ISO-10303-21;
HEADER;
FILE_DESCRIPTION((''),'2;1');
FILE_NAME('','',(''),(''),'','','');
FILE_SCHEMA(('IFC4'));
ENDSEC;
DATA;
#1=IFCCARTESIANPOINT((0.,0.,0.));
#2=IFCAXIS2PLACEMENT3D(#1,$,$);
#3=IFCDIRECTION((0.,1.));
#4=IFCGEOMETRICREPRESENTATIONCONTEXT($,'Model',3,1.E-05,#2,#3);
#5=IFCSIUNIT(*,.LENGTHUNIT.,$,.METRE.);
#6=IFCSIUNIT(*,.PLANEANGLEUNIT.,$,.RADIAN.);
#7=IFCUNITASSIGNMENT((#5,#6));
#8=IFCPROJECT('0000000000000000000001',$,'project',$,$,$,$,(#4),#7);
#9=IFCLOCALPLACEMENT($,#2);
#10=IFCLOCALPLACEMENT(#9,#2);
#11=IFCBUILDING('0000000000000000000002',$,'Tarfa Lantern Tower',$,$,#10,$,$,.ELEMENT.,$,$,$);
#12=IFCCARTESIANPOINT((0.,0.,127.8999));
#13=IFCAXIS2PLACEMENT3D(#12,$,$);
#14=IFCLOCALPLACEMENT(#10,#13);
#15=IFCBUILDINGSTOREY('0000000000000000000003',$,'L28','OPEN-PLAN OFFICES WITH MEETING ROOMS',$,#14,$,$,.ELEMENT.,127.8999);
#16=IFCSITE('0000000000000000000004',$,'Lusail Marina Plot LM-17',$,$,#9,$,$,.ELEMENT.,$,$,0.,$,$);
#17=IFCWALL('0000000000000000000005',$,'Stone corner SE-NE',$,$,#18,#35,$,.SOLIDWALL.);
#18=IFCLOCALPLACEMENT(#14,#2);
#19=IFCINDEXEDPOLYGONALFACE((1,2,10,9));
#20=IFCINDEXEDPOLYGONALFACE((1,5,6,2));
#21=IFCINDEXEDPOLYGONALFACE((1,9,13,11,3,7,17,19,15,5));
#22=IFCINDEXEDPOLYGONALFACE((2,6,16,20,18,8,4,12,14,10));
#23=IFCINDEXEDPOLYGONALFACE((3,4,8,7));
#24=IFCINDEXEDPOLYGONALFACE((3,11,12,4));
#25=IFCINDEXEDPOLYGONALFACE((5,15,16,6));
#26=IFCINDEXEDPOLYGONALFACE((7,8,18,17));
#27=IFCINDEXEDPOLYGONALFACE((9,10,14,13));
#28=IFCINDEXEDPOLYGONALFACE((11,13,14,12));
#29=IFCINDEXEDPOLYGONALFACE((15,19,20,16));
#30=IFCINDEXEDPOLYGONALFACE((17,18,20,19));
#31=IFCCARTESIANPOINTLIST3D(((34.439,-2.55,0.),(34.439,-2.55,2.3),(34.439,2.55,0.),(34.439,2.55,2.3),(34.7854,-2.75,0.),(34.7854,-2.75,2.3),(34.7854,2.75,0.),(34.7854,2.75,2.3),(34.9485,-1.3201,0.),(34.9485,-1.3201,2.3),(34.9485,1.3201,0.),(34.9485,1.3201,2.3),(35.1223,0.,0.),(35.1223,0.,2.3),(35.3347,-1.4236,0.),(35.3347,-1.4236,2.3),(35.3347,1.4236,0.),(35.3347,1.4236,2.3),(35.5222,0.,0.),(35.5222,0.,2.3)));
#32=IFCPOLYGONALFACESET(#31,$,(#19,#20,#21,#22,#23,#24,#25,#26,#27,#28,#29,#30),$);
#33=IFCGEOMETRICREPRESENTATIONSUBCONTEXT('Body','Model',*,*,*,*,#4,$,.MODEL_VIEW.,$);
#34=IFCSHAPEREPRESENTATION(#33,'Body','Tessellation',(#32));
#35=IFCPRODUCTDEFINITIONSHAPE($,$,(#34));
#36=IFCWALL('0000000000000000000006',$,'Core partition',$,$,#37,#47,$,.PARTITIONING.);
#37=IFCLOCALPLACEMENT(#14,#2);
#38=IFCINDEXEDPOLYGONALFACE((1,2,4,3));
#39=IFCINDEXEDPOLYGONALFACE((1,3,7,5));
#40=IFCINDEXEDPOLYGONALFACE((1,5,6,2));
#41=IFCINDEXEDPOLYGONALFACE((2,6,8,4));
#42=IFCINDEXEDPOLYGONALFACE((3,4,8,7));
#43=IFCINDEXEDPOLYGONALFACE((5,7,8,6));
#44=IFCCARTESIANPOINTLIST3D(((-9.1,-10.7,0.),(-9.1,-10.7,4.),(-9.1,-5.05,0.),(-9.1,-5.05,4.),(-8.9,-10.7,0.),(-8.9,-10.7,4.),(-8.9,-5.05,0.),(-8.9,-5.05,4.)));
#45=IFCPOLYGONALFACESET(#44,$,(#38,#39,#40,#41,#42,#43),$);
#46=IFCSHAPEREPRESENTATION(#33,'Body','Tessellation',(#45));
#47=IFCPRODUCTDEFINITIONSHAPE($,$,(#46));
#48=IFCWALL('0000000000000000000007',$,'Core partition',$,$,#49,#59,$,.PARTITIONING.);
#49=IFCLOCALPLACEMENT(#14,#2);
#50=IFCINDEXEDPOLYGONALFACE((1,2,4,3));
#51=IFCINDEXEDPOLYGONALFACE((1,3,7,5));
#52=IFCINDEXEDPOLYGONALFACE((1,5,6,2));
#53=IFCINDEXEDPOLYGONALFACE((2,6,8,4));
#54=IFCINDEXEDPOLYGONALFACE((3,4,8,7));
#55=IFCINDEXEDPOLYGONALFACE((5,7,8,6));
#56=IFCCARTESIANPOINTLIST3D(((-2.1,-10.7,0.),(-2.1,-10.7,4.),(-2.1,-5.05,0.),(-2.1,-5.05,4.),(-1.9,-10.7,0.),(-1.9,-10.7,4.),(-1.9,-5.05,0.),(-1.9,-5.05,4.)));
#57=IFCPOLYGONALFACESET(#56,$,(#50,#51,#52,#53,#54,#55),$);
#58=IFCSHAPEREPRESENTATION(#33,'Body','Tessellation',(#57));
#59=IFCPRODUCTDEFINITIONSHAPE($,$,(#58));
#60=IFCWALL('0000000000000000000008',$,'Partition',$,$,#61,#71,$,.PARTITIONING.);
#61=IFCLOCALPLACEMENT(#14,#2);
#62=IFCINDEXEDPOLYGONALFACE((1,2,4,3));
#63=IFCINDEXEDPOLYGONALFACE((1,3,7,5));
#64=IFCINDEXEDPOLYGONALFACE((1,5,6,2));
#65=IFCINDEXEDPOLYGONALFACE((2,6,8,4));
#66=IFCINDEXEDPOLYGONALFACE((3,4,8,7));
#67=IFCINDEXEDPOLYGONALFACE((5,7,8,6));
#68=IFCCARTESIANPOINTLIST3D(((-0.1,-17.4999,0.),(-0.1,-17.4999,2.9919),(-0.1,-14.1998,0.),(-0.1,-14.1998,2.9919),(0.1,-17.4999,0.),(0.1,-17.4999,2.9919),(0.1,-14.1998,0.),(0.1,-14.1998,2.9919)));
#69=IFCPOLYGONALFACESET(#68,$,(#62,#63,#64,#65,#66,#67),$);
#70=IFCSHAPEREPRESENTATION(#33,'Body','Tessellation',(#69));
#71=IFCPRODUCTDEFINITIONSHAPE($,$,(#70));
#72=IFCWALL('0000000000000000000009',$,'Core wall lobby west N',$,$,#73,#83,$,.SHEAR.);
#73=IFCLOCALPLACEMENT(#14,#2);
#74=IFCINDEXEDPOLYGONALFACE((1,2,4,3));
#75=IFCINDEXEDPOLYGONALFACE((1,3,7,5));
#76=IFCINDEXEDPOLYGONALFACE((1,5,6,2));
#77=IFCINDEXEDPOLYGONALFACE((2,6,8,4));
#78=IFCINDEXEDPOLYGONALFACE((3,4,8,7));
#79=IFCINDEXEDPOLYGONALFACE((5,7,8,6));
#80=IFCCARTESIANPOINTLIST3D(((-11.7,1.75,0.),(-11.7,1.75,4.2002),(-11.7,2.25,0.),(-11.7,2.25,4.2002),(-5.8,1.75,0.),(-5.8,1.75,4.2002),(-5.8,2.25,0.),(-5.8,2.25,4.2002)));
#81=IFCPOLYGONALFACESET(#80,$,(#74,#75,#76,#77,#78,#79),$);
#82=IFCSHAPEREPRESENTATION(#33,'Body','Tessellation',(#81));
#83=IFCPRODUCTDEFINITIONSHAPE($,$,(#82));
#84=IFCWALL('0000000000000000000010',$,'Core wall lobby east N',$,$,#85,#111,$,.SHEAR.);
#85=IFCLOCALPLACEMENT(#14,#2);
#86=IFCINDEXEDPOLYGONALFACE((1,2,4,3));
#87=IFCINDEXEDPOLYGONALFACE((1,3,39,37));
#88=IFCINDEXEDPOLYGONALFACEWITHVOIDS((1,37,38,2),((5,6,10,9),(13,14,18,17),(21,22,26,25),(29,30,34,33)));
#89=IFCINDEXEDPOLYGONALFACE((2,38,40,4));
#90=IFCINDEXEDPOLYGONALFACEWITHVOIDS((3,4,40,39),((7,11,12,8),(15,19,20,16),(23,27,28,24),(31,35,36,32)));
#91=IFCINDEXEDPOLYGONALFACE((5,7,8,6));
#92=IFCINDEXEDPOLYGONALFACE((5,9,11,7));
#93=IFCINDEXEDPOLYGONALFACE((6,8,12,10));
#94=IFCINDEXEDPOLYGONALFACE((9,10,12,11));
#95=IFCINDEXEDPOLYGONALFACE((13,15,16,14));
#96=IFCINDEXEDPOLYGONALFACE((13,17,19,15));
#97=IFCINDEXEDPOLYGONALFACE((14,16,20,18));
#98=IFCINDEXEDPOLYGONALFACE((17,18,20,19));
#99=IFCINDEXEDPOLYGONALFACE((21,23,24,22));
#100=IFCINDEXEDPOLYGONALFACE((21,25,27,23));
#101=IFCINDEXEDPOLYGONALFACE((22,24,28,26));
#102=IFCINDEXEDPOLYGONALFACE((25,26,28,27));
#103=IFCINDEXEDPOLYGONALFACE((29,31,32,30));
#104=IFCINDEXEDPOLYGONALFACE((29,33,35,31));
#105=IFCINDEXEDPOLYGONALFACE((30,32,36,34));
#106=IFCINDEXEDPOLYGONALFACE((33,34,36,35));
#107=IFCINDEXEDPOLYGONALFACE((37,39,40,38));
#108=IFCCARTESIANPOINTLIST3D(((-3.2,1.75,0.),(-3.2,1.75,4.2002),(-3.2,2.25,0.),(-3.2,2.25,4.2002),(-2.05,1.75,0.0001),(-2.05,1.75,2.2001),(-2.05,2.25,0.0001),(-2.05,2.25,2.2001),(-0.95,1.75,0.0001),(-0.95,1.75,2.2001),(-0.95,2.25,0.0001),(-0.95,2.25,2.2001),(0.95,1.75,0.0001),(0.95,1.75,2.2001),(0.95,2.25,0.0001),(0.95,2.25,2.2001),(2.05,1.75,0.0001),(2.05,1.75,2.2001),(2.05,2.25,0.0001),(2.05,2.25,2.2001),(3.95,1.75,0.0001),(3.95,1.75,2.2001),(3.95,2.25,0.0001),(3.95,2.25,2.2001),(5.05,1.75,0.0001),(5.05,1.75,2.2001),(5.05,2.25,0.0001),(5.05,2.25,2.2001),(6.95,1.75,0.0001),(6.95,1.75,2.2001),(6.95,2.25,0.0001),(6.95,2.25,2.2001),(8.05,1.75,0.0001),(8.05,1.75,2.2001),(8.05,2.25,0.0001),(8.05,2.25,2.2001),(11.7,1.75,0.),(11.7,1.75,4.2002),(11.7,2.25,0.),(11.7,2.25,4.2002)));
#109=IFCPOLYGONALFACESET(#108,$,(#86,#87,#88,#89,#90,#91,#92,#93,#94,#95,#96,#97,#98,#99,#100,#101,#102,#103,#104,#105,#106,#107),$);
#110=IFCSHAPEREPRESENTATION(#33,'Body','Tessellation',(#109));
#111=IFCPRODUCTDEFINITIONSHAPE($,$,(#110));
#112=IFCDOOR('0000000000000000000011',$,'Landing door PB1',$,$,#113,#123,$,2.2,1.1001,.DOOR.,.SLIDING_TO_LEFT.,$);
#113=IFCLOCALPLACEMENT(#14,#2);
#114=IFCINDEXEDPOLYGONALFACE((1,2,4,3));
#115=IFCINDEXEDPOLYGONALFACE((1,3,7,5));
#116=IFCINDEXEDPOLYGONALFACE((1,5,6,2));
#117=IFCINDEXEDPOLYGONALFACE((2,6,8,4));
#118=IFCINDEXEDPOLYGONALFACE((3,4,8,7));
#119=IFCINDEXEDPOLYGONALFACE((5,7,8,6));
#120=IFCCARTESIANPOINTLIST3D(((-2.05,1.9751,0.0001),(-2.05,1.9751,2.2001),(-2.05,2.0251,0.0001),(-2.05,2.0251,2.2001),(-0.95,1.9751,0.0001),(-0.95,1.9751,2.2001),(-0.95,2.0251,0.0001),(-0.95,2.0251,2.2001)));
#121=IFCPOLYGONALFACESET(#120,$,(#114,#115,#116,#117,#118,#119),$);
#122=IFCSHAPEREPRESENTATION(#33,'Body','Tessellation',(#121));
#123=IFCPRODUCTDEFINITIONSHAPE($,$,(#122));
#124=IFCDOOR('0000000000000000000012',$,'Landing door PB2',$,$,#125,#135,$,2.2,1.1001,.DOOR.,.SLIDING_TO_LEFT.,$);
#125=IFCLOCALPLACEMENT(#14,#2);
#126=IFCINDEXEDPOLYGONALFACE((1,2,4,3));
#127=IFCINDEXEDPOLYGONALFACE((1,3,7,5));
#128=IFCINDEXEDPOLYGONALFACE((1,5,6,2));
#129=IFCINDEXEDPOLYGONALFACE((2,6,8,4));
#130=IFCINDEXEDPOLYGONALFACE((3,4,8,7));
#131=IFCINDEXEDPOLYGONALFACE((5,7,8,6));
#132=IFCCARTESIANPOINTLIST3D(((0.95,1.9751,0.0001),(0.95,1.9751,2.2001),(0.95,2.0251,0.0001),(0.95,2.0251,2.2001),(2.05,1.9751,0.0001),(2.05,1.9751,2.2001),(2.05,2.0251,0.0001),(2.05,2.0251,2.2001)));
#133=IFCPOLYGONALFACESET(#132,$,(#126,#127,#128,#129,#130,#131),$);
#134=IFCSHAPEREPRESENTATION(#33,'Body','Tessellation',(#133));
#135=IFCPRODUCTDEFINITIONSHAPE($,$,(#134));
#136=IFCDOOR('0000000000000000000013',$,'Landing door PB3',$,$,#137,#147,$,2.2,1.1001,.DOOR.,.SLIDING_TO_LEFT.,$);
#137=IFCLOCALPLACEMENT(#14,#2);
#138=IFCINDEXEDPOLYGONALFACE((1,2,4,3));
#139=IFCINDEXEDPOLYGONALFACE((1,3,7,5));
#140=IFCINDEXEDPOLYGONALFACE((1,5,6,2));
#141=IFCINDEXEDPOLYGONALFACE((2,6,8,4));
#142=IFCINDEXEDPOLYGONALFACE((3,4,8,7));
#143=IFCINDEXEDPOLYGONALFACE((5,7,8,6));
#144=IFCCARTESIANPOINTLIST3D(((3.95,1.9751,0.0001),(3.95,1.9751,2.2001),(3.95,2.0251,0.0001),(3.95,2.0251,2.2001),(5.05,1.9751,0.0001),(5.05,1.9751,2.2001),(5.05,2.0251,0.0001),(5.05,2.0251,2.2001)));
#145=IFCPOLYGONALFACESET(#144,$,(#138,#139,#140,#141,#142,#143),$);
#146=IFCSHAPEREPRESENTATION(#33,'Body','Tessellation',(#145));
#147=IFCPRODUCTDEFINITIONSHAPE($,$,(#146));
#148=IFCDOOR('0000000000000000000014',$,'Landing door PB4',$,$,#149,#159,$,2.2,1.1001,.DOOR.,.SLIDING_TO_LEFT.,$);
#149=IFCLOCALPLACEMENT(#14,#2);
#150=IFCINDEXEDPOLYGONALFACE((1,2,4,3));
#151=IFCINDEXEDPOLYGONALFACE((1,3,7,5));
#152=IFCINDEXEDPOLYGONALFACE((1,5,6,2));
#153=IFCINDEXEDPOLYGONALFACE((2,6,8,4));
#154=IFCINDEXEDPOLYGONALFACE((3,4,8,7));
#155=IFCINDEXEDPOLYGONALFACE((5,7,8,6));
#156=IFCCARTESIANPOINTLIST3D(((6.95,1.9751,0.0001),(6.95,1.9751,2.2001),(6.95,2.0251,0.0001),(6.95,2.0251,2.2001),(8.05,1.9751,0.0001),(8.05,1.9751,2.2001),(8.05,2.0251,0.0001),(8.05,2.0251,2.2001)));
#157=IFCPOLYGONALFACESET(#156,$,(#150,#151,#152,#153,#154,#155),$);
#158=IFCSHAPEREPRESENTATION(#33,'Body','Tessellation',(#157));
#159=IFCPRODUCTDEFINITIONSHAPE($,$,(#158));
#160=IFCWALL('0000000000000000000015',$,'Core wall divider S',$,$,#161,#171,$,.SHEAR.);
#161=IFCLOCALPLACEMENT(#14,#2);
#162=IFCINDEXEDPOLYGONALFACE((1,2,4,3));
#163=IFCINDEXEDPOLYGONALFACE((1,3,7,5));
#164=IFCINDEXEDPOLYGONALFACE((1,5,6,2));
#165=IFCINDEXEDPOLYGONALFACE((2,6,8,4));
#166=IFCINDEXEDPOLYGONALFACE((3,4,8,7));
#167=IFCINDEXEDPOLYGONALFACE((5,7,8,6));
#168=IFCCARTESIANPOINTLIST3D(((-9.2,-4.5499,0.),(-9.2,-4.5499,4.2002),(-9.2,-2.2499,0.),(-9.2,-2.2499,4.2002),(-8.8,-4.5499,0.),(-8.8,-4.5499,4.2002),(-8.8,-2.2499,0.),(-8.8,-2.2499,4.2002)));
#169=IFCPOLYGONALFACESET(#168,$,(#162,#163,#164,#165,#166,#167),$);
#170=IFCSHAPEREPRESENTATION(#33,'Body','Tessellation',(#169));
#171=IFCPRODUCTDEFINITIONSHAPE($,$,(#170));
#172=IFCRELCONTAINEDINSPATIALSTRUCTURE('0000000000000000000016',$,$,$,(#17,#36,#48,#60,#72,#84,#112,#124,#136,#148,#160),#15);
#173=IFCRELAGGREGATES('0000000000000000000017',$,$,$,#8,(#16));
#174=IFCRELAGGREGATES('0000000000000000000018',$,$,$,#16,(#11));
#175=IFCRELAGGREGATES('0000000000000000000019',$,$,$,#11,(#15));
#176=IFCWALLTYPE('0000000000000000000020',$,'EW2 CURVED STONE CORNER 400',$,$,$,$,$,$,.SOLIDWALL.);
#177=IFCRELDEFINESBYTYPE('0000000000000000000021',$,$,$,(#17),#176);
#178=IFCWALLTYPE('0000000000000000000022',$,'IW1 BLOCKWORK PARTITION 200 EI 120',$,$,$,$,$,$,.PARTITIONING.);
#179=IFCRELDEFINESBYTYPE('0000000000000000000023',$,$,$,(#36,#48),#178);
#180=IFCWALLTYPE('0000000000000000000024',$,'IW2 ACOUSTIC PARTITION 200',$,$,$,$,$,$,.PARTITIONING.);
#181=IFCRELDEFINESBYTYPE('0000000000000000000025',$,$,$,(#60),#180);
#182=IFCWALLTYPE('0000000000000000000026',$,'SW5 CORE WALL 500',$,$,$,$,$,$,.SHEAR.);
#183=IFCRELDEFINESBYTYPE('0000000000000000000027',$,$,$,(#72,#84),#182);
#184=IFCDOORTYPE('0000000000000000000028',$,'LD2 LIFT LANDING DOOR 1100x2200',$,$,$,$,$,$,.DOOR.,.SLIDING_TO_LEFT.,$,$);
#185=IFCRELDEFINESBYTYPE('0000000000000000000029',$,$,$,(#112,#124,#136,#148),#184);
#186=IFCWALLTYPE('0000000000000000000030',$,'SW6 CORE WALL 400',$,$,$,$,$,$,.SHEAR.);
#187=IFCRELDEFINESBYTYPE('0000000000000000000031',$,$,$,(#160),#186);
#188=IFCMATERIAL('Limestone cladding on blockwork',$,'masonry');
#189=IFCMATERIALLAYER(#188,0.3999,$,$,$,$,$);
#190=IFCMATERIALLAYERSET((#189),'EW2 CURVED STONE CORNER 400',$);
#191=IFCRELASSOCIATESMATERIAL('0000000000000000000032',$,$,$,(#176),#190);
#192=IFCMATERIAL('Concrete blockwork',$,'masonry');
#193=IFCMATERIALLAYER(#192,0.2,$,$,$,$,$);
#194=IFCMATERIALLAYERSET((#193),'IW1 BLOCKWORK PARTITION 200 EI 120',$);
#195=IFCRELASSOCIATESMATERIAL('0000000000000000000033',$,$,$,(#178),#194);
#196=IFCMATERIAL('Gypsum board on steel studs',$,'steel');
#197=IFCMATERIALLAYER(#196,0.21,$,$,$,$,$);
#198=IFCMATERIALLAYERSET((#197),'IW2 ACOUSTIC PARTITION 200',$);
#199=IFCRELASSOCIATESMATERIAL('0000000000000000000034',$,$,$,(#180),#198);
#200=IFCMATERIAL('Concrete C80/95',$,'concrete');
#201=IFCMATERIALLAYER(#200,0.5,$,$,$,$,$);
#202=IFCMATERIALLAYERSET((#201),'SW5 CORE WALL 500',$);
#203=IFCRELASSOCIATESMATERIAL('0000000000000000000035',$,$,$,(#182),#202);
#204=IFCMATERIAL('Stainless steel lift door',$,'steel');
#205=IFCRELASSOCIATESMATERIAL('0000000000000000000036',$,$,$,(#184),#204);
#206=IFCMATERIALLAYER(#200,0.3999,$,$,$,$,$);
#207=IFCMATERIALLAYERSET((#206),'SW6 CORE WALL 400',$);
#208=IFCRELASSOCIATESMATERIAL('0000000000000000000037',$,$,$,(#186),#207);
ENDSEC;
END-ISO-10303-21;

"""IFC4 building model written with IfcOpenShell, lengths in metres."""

from ifc_helpers import new_model, si_unit, direction, frame, frame_2d, origin, place, context, subcontext, project, spatial, polyline, rectangle, outline, extrude, material, layer, layer_set, type_object, element, fill, save


model = new_model("IFC4")

# Units and contexts
model_context = context("Model", 3, precision=1e-05, world=origin(), true_north=direction((0.0, 1.0)))
body_context = subcontext(model_context, "Body", "Model", "MODEL_VIEW")
ifc_project = project(units=[si_unit("LENGTHUNIT", "METRE"), si_unit("PLANEANGLEUNIT", "RADIAN")], contexts=[model_context])

# Site, building, storey
site_placement = place(None, origin())
site = spatial("IfcSite", under=ifc_project, at=site_placement, Name="Lusail Marina Plot LM-17", CompositionType="ELEMENT", RefElevation=0.0)
building_placement = place(site_placement, origin())
building = spatial("IfcBuilding", under=site, at=building_placement, Name="Tarfa Lantern Tower", CompositionType="ELEMENT")
storey_placement = place(building_placement, frame((0.0, 0.0, 127.8999)))
storey = spatial("IfcBuildingStorey", under=building, at=storey_placement, Name="L28", Description="OPEN-PLAN OFFICES WITH MEETING ROOMS", CompositionType="ELEMENT", Elevation=127.8999)

# Walls
ifc_material_1 = material(Name="Limestone cladding on blockwork", Category="masonry")
ifc_layer_1 = layer(ifc_material_1, 0.3999)
ifc_layer_set_1 = layer_set([ifc_layer_1], Name="EW2 CURVED STONE CORNER 400")
wall_type_1 = type_object("IfcWallType", Name="EW2 CURVED STONE CORNER 400", PredefinedType="SOLIDWALL", material=ifc_layer_set_1)
wall_1_placement = place(storey_placement, origin())
element("IfcWall", 1, at=wall_1_placement, inside=storey, type_object=wall_type_1, Name="Stone corner SE-NE", PredefinedType="SOLIDWALL", context=body_context, shape_type="SweptSolid", body=[
    extrude(outline(polyline([(34.7854, -2.75), (35.3347, -1.4236), (35.5222, 0.0), (35.3347, 1.4236), (34.7854, 2.75), (34.439, 2.55), (34.9485, 1.3201), (35.1223, 0.0), (34.9485, -1.3201), (34.439, -2.55), (34.7854, -2.75)])), origin(), (0.0, 0.0, 1.0), 2.3),
])
ifc_material_2 = material(Name="Concrete blockwork", Category="masonry")
ifc_layer_2 = layer(ifc_material_2, 0.2)
ifc_layer_set_2 = layer_set([ifc_layer_2], Name="IW1 BLOCKWORK PARTITION 200 EI 120")
wall_type_2 = type_object("IfcWallType", Name="IW1 BLOCKWORK PARTITION 200 EI 120", PredefinedType="PARTITIONING", material=ifc_layer_set_2)
for number, where, z_axis, x_axis, name in (
    (2, (-9.0, -5.05, 0.0), (0.0, 0.0, 1.0), (0.0, -1.0, 0.0), "Core partition"),
    (3, (-2.0, -5.05, 0.0), (0.0, 0.0, 1.0), (0.0, -1.0, 0.0), "Core partition"),
):
    element("IfcWall", number, at=place(storey_placement, frame(where, z_axis=z_axis, x_axis=x_axis)), inside=storey, type_object=wall_type_2, Name=name, PredefinedType="PARTITIONING", context=body_context, shape_type="SweptSolid", body=[
        extrude(rectangle(XDim=5.6499, YDim=0.2, at=frame_2d((2.825, 0.0))), origin(), (0.0, 0.0, 1.0), 4.0),
    ])
ifc_material_3 = material(Name="Gypsum board on steel studs", Category="steel")
ifc_layer_3 = layer(ifc_material_3, 0.21)
ifc_layer_set_3 = layer_set([ifc_layer_3], Name="IW2 ACOUSTIC PARTITION 200")
wall_type_3 = type_object("IfcWallType", Name="IW2 ACOUSTIC PARTITION 200", PredefinedType="PARTITIONING", material=ifc_layer_set_3)
wall_2_placement = place(storey_placement, frame((0.0, -14.2, 0.0), z_axis=(0.0, 0.0, 1.0), x_axis=(0.0, -1.0, 0.0)))
element("IfcWall", 4, at=wall_2_placement, inside=storey, type_object=wall_type_3, Name="Partition", PredefinedType="PARTITIONING", context=body_context, shape_type="SweptSolid", body=[
    extrude(rectangle(XDim=3.3, YDim=0.2, at=frame_2d((1.6499, 0.0))), origin(), (0.0, 0.0, 1.0), 2.9919),
])
ifc_material_4 = material(Name="Concrete C80/95", Category="concrete")
ifc_layer_4 = layer(ifc_material_4, 0.5)
ifc_layer_set_4 = layer_set([ifc_layer_4], Name="SW5 CORE WALL 500")
wall_type_4 = type_object("IfcWallType", Name="SW5 CORE WALL 500", PredefinedType="SHEAR", material=ifc_layer_set_4)
wall_3_placement = place(storey_placement, frame((-11.7, 2.0, 0.0), z_axis=(0.0, 0.0, 1.0), x_axis=(1.0, 0.0, 0.0)))
element("IfcWall", 5, at=wall_3_placement, inside=storey, type_object=wall_type_4, Name="Core wall lobby west N", PredefinedType="SHEAR", context=body_context, shape_type="SweptSolid", body=[
    extrude(rectangle(XDim=5.8999, YDim=0.5, at=frame_2d((2.95, 0.0))), origin(), (0.0, 0.0, 1.0), 4.2002),
])

# Wall, openings, doors
wall_4_placement = place(storey_placement, frame((-3.2, 2.0, 0.0), z_axis=(0.0, 0.0, 1.0), x_axis=(1.0, 0.0, 0.0)))
wall_4 = element("IfcWall", 6, at=wall_4_placement, inside=storey, type_object=wall_type_4, Name="Core wall lobby east N", PredefinedType="SHEAR", context=body_context, shape_type="SweptSolid", body=[
    extrude(rectangle(XDim=14.8999, YDim=0.5, at=frame_2d((7.45, 0.0))), origin(), (0.0, 0.0, 1.0), 4.2002),
])
opening_1_placement = place(wall_4_placement, frame((1.1499, 0.0, 0.0)))
opening_1 = element("IfcOpeningElement", 7, at=opening_1_placement, cuts=wall_4, PredefinedType="OPENING", context=body_context, shape_type="SweptSolid", body=[
    extrude(rectangle(XDim=1.1001, YDim=2.2, at=frame_2d((0.55, 1.1001))), frame((0.0, 0.26, 0.0), z_axis=(0.0, -1.0, 0.0), x_axis=(1.0, 0.0, 0.0)), (0.0, 0.0, 1.0), 0.52),
])
opening_2_placement = place(wall_4_placement, frame((4.1499, 0.0, 0.0)))
opening_2 = element("IfcOpeningElement", 8, at=opening_2_placement, cuts=wall_4, PredefinedType="OPENING", context=body_context, shape_type="SweptSolid", body=[
    extrude(rectangle(XDim=1.1001, YDim=2.2, at=frame_2d((0.55, 1.1001))), frame((0.0, 0.26, 0.0), z_axis=(0.0, -1.0, 0.0), x_axis=(1.0, 0.0, 0.0)), (0.0, 0.0, 1.0), 0.52),
])
opening_3_placement = place(wall_4_placement, frame((7.1499, 0.0, 0.0)))
opening_3 = element("IfcOpeningElement", 9, at=opening_3_placement, cuts=wall_4, PredefinedType="OPENING", context=body_context, shape_type="SweptSolid", body=[
    extrude(rectangle(XDim=1.1001, YDim=2.2, at=frame_2d((0.55, 1.1001))), frame((0.0, 0.26, 0.0), z_axis=(0.0, -1.0, 0.0), x_axis=(1.0, 0.0, 0.0)), (0.0, 0.0, 1.0), 0.52),
])
opening_4_placement = place(wall_4_placement, frame((10.1499, 0.0, 0.0)))
opening_4 = element("IfcOpeningElement", 10, at=opening_4_placement, cuts=wall_4, PredefinedType="OPENING", context=body_context, shape_type="SweptSolid", body=[
    extrude(rectangle(XDim=1.1001, YDim=2.2, at=frame_2d((0.55, 1.1001))), frame((0.0, 0.26, 0.0), z_axis=(0.0, -1.0, 0.0), x_axis=(1.0, 0.0, 0.0)), (0.0, 0.0, 1.0), 0.52),
])
ifc_material_5 = material(Name="Stainless steel lift door", Category="steel")
door_type = type_object("IfcDoorType", Name="LD2 LIFT LANDING DOOR 1100x2200", OperationType="SLIDING_TO_LEFT", PredefinedType="DOOR", material=ifc_material_5)
door_1_placement = place(opening_1_placement, frame((1.1001, 0.0, 0.0), z_axis=(0.0, 0.0, 1.0), x_axis=(-1.0, 0.0, 0.0)))
door_1 = element("IfcDoor", 11, at=door_1_placement, inside=storey, type_object=door_type, Name="Landing door PB1", OperationType="SLIDING_TO_LEFT", OverallHeight=2.2, OverallWidth=1.1001, PredefinedType="DOOR", context=body_context, shape_type="SweptSolid", body=[
    extrude(rectangle(XDim=1.1001, YDim=2.2, at=frame_2d((0.55, 1.1001))), frame((0.0, 0.0249, 0.0), z_axis=(0.0, -1.0, 0.0), x_axis=(1.0, 0.0, 0.0)), (0.0, 0.0, 1.0), 0.05),
])
fill(opening_1, door_1)
door_2_placement = place(opening_2_placement, frame((1.1001, 0.0, 0.0), z_axis=(0.0, 0.0, 1.0), x_axis=(-1.0, 0.0, 0.0)))
door_2 = element("IfcDoor", 12, at=door_2_placement, inside=storey, type_object=door_type, Name="Landing door PB2", OperationType="SLIDING_TO_LEFT", OverallHeight=2.2, OverallWidth=1.1001, PredefinedType="DOOR", context=body_context, shape_type="SweptSolid", body=[
    extrude(rectangle(XDim=1.1001, YDim=2.2, at=frame_2d((0.55, 1.1001))), frame((0.0, 0.0249, 0.0), z_axis=(0.0, -1.0, 0.0), x_axis=(1.0, 0.0, 0.0)), (0.0, 0.0, 1.0), 0.05),
])
fill(opening_2, door_2)
door_3_placement = place(opening_3_placement, frame((1.1001, 0.0, 0.0), z_axis=(0.0, 0.0, 1.0), x_axis=(-1.0, 0.0, 0.0)))
door_3 = element("IfcDoor", 13, at=door_3_placement, inside=storey, type_object=door_type, Name="Landing door PB3", OperationType="SLIDING_TO_LEFT", OverallHeight=2.2, OverallWidth=1.1001, PredefinedType="DOOR", context=body_context, shape_type="SweptSolid", body=[
    extrude(rectangle(XDim=1.1001, YDim=2.2, at=frame_2d((0.55, 1.1001))), frame((0.0, 0.0249, 0.0), z_axis=(0.0, -1.0, 0.0), x_axis=(1.0, 0.0, 0.0)), (0.0, 0.0, 1.0), 0.05),
])
fill(opening_3, door_3)
door_4_placement = place(opening_4_placement, frame((1.1001, 0.0, 0.0), z_axis=(0.0, 0.0, 1.0), x_axis=(-1.0, 0.0, 0.0)))
door_4 = element("IfcDoor", 14, at=door_4_placement, inside=storey, type_object=door_type, Name="Landing door PB4", OperationType="SLIDING_TO_LEFT", OverallHeight=2.2, OverallWidth=1.1001, PredefinedType="DOOR", context=body_context, shape_type="SweptSolid", body=[
    extrude(rectangle(XDim=1.1001, YDim=2.2, at=frame_2d((0.55, 1.1001))), frame((0.0, 0.0249, 0.0), z_axis=(0.0, -1.0, 0.0), x_axis=(1.0, 0.0, 0.0)), (0.0, 0.0, 1.0), 0.05),
])
fill(opening_4, door_4)

# Wall
ifc_layer_5 = layer(ifc_material_4, 0.3999)
ifc_layer_set_5 = layer_set([ifc_layer_5], Name="SW6 CORE WALL 400")
wall_type_5 = type_object("IfcWallType", Name="SW6 CORE WALL 400", PredefinedType="SHEAR", material=ifc_layer_set_5)
wall_5_placement = place(storey_placement, frame((-9.0, -2.25, 0.0), z_axis=(0.0, 0.0, 1.0), x_axis=(0.0, -1.0, 0.0)))
element("IfcWall", 15, at=wall_5_placement, inside=storey, type_object=wall_type_5, Name="Core wall divider S", PredefinedType="SHEAR", context=body_context, shape_type="SweptSolid", body=[
    extrude(rectangle(XDim=2.3, YDim=0.3999, at=frame_2d((1.1499, 0.0))), origin(), (0.0, 0.0, 1.0), 4.2002),
])

save(model, "model.ifc")
